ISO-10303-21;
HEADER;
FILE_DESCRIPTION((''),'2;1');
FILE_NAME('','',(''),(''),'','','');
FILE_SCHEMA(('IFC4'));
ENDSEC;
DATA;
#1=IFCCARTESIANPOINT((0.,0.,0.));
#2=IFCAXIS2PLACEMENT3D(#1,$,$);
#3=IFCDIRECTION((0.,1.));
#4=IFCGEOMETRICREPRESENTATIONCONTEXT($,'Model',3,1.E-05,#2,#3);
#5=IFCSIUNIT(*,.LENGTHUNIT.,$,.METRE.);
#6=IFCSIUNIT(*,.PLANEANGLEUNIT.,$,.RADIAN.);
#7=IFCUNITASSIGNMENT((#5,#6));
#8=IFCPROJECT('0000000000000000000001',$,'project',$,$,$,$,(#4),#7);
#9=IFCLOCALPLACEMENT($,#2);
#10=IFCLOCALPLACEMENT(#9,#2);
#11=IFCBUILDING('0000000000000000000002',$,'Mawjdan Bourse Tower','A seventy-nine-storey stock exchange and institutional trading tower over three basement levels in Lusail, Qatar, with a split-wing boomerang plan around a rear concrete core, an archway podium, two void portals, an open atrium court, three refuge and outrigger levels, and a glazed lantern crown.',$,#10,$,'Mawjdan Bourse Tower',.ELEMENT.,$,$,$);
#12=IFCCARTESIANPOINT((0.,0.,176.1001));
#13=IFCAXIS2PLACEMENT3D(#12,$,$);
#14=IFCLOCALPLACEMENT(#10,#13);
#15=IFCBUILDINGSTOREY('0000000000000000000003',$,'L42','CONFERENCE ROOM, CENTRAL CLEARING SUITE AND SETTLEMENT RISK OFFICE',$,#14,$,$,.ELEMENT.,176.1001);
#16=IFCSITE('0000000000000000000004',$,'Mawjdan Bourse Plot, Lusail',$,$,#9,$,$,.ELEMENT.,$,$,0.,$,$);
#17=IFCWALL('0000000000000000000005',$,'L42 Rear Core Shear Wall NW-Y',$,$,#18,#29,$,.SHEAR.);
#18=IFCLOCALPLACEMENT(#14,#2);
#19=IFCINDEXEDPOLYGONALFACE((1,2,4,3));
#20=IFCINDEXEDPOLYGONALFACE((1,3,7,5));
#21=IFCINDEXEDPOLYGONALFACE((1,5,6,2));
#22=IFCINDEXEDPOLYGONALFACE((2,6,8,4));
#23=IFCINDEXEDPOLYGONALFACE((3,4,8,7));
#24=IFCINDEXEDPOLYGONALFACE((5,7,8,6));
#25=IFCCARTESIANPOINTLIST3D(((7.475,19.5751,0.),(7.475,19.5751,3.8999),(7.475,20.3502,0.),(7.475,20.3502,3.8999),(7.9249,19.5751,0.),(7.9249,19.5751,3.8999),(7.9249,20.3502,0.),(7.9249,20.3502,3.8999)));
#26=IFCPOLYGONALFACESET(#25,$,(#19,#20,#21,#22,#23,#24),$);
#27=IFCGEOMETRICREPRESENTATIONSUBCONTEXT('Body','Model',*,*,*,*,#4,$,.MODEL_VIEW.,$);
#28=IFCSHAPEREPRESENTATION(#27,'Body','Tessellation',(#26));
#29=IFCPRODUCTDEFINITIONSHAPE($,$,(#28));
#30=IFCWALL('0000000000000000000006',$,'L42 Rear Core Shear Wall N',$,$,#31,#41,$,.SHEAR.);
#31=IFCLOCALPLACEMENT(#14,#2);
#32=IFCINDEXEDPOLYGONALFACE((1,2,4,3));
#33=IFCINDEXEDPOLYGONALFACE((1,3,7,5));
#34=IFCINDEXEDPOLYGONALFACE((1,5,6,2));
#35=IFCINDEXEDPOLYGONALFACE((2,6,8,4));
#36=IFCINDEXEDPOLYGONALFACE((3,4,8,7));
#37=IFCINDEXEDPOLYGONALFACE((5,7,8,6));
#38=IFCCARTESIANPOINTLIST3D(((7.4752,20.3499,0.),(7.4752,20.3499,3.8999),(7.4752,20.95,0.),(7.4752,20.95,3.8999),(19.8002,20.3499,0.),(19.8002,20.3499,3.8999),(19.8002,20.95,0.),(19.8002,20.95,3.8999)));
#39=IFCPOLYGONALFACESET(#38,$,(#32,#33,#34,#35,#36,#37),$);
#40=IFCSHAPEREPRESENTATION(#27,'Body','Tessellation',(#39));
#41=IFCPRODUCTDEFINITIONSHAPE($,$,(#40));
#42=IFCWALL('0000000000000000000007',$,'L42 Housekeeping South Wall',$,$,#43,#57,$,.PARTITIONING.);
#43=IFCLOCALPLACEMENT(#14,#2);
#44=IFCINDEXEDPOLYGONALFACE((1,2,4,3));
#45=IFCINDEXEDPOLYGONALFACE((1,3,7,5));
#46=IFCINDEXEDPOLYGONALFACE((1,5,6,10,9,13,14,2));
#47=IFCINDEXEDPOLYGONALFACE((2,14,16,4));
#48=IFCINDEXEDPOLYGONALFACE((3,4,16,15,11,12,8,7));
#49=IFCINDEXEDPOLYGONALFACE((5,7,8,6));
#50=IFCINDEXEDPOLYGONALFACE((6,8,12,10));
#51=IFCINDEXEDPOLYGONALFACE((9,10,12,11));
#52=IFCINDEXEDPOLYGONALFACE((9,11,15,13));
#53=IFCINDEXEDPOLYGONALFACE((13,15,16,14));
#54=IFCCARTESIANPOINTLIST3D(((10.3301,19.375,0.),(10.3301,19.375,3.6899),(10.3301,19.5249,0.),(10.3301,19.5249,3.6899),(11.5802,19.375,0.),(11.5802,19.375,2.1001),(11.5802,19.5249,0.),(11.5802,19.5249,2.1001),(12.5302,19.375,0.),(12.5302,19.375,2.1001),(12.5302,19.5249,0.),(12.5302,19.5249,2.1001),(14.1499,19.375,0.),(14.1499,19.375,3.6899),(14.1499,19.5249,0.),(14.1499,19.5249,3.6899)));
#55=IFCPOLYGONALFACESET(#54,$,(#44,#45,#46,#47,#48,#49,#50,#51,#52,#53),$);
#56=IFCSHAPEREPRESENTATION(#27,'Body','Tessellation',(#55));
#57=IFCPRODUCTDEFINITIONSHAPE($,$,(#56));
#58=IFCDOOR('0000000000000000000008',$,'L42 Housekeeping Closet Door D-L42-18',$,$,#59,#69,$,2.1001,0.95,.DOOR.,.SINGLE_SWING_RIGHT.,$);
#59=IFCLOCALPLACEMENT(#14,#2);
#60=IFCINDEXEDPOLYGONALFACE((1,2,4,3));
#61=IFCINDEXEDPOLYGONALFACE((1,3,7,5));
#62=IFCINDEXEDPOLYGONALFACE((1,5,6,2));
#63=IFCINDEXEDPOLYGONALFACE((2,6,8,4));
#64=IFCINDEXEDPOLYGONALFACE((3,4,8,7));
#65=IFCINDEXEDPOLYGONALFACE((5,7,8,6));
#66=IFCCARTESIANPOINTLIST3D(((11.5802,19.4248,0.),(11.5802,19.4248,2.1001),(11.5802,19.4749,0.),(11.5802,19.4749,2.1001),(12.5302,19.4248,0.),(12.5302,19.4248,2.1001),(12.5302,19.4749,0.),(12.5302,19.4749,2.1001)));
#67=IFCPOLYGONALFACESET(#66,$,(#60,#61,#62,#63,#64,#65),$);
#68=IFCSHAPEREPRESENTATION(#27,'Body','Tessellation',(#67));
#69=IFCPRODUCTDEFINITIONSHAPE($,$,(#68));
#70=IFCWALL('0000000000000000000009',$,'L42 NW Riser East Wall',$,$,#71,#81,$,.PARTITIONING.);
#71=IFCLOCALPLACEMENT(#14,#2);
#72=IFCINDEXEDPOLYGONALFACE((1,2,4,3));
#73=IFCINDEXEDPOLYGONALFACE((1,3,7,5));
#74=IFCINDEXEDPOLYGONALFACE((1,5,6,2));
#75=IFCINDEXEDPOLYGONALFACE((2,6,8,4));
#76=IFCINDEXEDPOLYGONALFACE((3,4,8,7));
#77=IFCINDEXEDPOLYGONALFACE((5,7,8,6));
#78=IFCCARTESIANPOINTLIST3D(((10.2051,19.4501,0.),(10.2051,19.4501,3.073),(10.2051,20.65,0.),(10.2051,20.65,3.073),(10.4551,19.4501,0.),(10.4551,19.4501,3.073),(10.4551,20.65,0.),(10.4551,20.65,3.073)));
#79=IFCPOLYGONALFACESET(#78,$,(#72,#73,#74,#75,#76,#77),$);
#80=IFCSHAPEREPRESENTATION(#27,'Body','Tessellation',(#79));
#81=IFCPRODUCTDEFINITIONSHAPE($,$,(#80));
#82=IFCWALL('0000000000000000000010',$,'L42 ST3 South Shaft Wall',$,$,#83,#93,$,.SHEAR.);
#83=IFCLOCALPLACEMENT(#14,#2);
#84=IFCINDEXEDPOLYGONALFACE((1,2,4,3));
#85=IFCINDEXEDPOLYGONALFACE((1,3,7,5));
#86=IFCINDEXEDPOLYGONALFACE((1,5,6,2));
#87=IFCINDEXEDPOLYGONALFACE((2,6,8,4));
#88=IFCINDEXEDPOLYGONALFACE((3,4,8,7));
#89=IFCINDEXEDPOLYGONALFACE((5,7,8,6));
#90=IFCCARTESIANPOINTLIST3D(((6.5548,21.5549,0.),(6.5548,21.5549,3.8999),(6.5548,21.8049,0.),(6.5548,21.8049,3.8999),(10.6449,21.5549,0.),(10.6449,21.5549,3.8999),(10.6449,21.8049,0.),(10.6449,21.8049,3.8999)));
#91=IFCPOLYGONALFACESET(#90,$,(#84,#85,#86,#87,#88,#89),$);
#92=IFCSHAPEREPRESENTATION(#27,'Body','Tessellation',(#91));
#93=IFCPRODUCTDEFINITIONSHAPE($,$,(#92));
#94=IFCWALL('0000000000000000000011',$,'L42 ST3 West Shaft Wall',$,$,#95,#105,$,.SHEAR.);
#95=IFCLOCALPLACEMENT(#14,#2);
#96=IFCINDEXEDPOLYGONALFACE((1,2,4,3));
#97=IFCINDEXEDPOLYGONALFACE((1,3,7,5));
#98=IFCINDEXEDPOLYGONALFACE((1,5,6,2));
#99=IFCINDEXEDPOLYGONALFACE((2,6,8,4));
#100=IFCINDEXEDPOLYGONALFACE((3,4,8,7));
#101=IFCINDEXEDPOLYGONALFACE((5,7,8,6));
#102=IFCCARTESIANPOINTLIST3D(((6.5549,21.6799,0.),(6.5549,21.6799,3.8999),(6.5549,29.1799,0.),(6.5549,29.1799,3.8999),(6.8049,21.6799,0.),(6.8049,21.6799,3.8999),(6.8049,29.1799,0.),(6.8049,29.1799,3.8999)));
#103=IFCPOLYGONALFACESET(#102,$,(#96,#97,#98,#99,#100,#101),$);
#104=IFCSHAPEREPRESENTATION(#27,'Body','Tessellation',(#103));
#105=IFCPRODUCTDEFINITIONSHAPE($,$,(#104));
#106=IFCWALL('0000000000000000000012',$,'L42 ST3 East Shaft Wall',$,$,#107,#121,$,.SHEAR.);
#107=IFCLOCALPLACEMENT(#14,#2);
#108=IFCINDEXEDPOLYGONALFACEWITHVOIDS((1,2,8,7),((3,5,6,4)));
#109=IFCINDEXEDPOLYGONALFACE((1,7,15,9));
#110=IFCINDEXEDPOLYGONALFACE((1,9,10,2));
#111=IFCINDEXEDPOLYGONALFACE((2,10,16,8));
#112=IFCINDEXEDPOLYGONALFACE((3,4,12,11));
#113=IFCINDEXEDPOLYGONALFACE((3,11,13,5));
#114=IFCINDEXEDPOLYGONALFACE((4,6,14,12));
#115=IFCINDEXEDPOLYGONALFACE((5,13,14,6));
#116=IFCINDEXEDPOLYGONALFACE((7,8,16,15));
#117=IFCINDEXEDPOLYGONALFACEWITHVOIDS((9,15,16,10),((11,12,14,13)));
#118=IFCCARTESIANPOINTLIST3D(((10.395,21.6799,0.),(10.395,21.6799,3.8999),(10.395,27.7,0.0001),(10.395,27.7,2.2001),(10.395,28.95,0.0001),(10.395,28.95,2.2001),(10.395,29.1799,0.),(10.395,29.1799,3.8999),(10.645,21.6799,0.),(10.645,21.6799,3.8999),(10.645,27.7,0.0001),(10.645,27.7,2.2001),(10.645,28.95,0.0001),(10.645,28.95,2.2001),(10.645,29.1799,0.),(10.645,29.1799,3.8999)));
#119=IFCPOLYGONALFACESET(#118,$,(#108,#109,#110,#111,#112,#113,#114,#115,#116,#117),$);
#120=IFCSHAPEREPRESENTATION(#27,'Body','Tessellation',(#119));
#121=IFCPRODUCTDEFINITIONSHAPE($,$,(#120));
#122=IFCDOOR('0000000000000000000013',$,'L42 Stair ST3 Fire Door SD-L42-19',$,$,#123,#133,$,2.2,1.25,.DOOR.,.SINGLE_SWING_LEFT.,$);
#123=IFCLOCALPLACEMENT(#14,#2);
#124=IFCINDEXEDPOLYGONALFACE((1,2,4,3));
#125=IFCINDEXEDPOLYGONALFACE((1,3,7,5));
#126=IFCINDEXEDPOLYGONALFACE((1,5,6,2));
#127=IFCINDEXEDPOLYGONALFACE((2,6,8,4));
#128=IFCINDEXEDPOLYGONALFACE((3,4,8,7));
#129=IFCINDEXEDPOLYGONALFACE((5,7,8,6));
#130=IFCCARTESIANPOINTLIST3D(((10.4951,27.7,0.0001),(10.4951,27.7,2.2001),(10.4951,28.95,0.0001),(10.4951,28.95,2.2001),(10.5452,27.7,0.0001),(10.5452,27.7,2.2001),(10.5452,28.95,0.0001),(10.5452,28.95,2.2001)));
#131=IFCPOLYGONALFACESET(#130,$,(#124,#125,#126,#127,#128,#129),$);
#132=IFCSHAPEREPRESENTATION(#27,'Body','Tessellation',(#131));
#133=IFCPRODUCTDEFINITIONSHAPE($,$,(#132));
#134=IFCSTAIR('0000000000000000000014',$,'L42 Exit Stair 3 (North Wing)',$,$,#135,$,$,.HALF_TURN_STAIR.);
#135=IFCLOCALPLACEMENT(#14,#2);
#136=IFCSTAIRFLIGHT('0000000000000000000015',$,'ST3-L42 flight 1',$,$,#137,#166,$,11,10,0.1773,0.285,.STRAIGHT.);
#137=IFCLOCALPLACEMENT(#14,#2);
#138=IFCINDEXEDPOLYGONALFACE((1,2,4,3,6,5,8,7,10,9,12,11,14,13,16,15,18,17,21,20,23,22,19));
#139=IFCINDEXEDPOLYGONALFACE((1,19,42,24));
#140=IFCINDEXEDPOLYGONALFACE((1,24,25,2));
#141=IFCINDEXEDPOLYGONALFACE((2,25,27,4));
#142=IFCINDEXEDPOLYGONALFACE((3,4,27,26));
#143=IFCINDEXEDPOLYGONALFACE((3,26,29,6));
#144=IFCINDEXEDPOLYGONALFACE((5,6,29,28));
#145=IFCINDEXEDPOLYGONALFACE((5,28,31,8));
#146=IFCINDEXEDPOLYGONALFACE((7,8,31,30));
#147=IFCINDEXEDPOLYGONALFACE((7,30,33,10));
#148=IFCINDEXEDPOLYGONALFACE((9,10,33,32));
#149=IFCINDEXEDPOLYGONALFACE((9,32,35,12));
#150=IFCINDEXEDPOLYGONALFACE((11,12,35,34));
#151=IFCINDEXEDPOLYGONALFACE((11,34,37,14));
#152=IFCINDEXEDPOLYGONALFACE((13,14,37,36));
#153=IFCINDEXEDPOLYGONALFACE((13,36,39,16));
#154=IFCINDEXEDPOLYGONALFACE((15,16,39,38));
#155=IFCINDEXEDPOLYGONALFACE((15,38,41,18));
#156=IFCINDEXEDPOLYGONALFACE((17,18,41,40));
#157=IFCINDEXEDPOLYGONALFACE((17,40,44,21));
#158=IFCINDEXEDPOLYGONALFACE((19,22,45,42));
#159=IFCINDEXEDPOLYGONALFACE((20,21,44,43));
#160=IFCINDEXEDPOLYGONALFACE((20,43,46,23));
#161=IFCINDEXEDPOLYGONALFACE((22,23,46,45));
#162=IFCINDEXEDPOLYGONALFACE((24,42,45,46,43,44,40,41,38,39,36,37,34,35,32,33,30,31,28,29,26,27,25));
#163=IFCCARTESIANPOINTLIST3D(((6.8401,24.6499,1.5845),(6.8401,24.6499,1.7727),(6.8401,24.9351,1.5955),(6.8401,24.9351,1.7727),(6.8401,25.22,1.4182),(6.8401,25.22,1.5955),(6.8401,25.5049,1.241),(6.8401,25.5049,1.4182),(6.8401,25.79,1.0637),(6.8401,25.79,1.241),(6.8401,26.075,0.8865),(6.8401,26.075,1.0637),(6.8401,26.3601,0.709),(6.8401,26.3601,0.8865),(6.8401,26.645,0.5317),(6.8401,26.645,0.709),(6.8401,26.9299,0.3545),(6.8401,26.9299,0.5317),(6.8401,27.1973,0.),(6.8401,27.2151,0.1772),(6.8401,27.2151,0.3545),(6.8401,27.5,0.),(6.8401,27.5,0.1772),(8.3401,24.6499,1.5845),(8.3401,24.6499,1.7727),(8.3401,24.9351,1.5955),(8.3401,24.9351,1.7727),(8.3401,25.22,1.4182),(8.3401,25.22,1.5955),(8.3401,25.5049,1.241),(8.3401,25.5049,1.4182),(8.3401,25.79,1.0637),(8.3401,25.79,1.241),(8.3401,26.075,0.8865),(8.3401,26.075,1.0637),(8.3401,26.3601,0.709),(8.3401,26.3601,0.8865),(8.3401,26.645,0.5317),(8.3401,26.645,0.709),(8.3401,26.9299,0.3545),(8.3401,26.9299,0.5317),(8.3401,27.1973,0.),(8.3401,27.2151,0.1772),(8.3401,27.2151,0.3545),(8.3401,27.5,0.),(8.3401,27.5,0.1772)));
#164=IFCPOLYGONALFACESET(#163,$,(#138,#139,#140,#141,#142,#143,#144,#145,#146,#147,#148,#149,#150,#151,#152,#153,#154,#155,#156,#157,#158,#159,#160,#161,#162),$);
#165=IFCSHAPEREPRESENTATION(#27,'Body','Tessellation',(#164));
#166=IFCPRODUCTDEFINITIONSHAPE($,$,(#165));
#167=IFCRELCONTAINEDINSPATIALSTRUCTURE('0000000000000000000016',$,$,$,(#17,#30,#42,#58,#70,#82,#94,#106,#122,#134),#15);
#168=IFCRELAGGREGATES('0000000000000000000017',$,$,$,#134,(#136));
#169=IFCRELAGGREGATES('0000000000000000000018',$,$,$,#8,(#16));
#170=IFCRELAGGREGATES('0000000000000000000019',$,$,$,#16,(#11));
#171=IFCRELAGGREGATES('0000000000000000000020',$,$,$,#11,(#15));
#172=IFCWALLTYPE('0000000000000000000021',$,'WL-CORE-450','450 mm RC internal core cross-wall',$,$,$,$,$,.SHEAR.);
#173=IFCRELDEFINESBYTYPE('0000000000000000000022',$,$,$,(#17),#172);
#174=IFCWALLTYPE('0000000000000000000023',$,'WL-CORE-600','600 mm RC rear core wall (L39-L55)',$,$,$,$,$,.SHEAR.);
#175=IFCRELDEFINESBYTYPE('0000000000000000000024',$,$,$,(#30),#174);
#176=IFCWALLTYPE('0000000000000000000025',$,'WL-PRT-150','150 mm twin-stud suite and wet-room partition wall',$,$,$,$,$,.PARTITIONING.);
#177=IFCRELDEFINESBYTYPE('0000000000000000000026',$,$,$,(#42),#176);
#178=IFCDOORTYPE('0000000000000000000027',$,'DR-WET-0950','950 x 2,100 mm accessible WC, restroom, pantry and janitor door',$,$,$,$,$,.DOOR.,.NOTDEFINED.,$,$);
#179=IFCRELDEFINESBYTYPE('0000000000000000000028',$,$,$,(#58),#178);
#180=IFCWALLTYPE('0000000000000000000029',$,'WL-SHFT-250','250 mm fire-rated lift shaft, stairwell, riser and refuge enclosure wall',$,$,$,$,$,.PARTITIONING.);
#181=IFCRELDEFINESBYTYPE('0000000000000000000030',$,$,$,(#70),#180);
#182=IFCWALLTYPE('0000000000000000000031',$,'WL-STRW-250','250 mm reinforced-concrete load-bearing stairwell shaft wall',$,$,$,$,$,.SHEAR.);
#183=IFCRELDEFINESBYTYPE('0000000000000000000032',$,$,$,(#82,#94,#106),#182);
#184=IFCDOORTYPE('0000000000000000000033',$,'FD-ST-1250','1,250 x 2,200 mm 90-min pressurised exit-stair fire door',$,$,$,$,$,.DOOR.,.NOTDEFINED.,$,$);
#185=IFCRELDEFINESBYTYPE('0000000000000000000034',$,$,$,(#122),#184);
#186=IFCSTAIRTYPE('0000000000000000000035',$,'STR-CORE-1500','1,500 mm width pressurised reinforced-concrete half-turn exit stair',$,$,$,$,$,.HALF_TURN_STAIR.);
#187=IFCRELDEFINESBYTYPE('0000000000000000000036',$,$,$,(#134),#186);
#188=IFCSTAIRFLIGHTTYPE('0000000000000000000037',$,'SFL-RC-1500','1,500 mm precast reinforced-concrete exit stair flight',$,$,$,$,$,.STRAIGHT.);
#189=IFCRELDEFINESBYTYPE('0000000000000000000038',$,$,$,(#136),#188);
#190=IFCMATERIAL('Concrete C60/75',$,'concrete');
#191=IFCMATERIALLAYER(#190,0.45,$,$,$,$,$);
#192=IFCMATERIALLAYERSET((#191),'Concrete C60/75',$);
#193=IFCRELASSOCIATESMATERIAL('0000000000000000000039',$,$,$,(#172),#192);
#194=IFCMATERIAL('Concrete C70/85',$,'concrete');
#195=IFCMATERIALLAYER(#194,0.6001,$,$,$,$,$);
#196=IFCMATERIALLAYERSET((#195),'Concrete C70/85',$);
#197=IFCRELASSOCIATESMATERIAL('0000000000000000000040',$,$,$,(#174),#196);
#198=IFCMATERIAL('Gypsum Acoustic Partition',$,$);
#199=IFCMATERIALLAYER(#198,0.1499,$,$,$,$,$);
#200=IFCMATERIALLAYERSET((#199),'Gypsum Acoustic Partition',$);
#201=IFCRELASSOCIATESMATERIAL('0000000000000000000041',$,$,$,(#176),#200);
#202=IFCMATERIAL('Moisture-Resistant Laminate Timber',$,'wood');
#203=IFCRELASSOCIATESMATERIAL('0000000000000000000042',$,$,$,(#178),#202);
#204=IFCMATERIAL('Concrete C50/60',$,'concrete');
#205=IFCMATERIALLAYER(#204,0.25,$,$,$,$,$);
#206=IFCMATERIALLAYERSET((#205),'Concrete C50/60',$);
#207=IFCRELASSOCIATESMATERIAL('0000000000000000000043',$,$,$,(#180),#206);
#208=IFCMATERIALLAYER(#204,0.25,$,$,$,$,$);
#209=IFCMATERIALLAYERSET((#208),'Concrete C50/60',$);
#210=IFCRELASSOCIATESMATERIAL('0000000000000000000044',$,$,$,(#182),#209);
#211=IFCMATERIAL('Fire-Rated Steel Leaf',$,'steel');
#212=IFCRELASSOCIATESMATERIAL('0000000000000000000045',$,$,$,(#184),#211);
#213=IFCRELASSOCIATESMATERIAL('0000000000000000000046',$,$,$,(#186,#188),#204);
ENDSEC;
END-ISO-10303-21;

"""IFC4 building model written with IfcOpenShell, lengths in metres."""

from ifc_helpers import new_model, si_unit, direction, frame, frame_2d, origin, place, context, subcontext, project, spatial, polyline, rectangle, outline, extrude, material, layer, layer_set, type_object, element, fill, aggregate, save


model = new_model("IFC4")

# Units and contexts
model_context = context("Model", 3, precision=1e-05, world=origin(), true_north=direction((0.0, 1.0)))
body_context = subcontext(model_context, "Body", "Model", "MODEL_VIEW")
ifc_project = project(units=[si_unit("LENGTHUNIT", "METRE"), si_unit("PLANEANGLEUNIT", "RADIAN")], contexts=[model_context])

# Site, building, storey
site_placement = place(None, origin())
site = spatial("IfcSite", under=ifc_project, at=site_placement, Name="Mawjdan Bourse Plot, Lusail", CompositionType="ELEMENT", RefElevation=0.0)
building_placement = place(site_placement, origin())
building = spatial("IfcBuilding", under=site, at=building_placement, Name="Mawjdan Bourse Tower", Description="A seventy-nine-storey stock exchange and institutional trading tower over three basement levels in Lusail, Qatar, with a split-wing boomerang plan around a rear concrete core, an archway podium, two void portals, an open atrium court, three refuge and outrigger levels, and a glazed lantern crown.", LongName="Mawjdan Bourse Tower", CompositionType="ELEMENT")
storey_placement = place(building_placement, frame((0.0, 0.0, 176.1001)))
storey = spatial("IfcBuildingStorey", under=building, at=storey_placement, Name="L42", Description="CONFERENCE ROOM, CENTRAL CLEARING SUITE AND SETTLEMENT RISK OFFICE", CompositionType="ELEMENT", Elevation=176.1001)

# Shared definitions
ifc_material_1 = material(Name="Concrete C70/85", Category="concrete")

# Walls
ifc_material_2 = material(Name="Concrete C60/75", Category="concrete")
ifc_layer_1 = layer(ifc_material_2, 0.45)
ifc_layer_set_1 = layer_set([ifc_layer_1], Name="Concrete C60/75")
wall_type_1 = type_object("IfcWallType", Name="WL-CORE-450", Description="450 mm RC internal core cross-wall", PredefinedType="SHEAR", material=ifc_layer_set_1)
wall_1_placement = place(storey_placement, frame((7.7, 19.575, 0.0), z_axis=(0.0, 0.0, 1.0), x_axis=(0.0, 1.0, 0.0)))
element("IfcWall", 1, at=wall_1_placement, inside=storey, type_object=wall_type_1, Name="L42 Rear Core Shear Wall NW-Y", PredefinedType="SHEAR", context=body_context, shape_type="SweptSolid", body=[
    extrude(rectangle(XDim=0.7751, YDim=0.45, at=frame_2d((0.3877, 0.0))), origin(), (0.0, 0.0, 1.0), 3.8999),
])
ifc_layer_2 = layer(ifc_material_1, 0.6001)
ifc_layer_set_2 = layer_set([ifc_layer_2], Name="Concrete C70/85")
wall_type_2 = type_object("IfcWallType", Name="WL-CORE-600", Description="600 mm RC rear core wall (L39-L55)", PredefinedType="SHEAR", material=ifc_layer_set_2)
wall_2_placement = place(storey_placement, frame((7.4751, 20.6499, 0.0), z_axis=(0.0, 0.0, 1.0), x_axis=(1.0, 0.0, 0.0)))
element("IfcWall", 2, at=wall_2_placement, inside=storey, type_object=wall_type_2, Name="L42 Rear Core Shear Wall N", PredefinedType="SHEAR", context=body_context, shape_type="SweptSolid", body=[
    extrude(rectangle(XDim=12.325, YDim=0.6001, at=frame_2d((6.1626, 0.0))), origin(), (0.0, 0.0, 1.0), 3.8999),
])

# Wall, opening, door
ifc_material_3 = material(Name="Gypsum Acoustic Partition")
ifc_layer_3 = layer(ifc_material_3, 0.1499)
ifc_layer_set_3 = layer_set([ifc_layer_3], Name="Gypsum Acoustic Partition")
wall_type_3 = type_object("IfcWallType", Name="WL-PRT-150", Description="150 mm twin-stud suite and wet-room partition wall", PredefinedType="PARTITIONING", material=ifc_layer_set_3)
wall_3_placement = place(storey_placement, frame((10.3301, 19.45, 0.0), z_axis=(0.0, 0.0, 1.0), x_axis=(1.0, 0.0, 0.0)))
wall_3 = element("IfcWall", 3, at=wall_3_placement, inside=storey, type_object=wall_type_3, Name="L42 Housekeeping South Wall", PredefinedType="PARTITIONING", context=body_context, shape_type="SweptSolid", body=[
    extrude(rectangle(XDim=3.8198, YDim=0.1499, at=frame_2d((1.9099, 0.0))), origin(), (0.0, 0.0, 1.0), 3.6899),
])
opening_1_placement = place(wall_3_placement, frame((1.25, 0.0, 0.0)))
opening_1 = element("IfcOpeningElement", 4, at=opening_1_placement, cuts=wall_3, PredefinedType="OPENING", context=body_context, shape_type="SweptSolid", body=[
    extrude(rectangle(XDim=0.95, YDim=2.1001, at=frame_2d((0.4751, 1.05))), frame((0.0, 0.085, 0.0), z_axis=(0.0, -1.0, 0.0), x_axis=(1.0, 0.0, 0.0)), (0.0, 0.0, 1.0), 0.1699),
])
ifc_material_4 = material(Name="Moisture-Resistant Laminate Timber", Category="wood")
door_type_1 = type_object("IfcDoorType", Name="DR-WET-0950", Description="950 x 2,100 mm accessible WC, restroom, pantry and janitor door", OperationType="NOTDEFINED", PredefinedType="DOOR", material=ifc_material_4)
door_1_placement = place(opening_1_placement, origin())
door_1 = element("IfcDoor", 5, at=door_1_placement, inside=storey, type_object=door_type_1, Name="L42 Housekeeping Closet Door D-L42-18", OperationType="SINGLE_SWING_RIGHT", OverallHeight=2.1001, OverallWidth=0.95, PredefinedType="DOOR", context=body_context, shape_type="SweptSolid", body=[
    extrude(rectangle(XDim=0.95, YDim=2.1001, at=frame_2d((0.4751, 1.05))), frame((0.0, 0.0249, 0.0), z_axis=(0.0, -1.0, 0.0), x_axis=(1.0, 0.0, 0.0)), (0.0, 0.0, 1.0), 0.05),
])
fill(opening_1, door_1)

# Walls
ifc_material_5 = material(Name="Concrete C50/60", Category="concrete")
ifc_layer_4 = layer(ifc_material_5, 0.25)
ifc_layer_set_4 = layer_set([ifc_layer_4], Name="Concrete C50/60")
wall_type_4 = type_object("IfcWallType", Name="WL-SHFT-250", Description="250 mm fire-rated lift shaft, stairwell, riser and refuge enclosure wall", PredefinedType="PARTITIONING", material=ifc_layer_set_4)
wall_4_placement = place(storey_placement, frame((10.3301, 19.45, 0.0), z_axis=(0.0, 0.0, 1.0), x_axis=(0.0, 1.0, 0.0)))
element("IfcWall", 6, at=wall_4_placement, inside=storey, type_object=wall_type_4, Name="L42 NW Riser East Wall", PredefinedType="PARTITIONING", context=body_context, shape_type="SweptSolid", body=[
    extrude(rectangle(XDim=1.2, YDim=0.25, at=frame_2d((0.6001, 0.0))), origin(), (0.0, 0.0, 1.0), 3.073),
])
ifc_layer_5 = layer(ifc_material_5, 0.25)
ifc_layer_set_5 = layer_set([ifc_layer_5], Name="Concrete C50/60")
wall_type_5 = type_object("IfcWallType", Name="WL-STRW-250", Description="250 mm reinforced-concrete load-bearing stairwell shaft wall", PredefinedType="SHEAR", material=ifc_layer_set_5)
wall_5_placement = place(storey_placement, frame((6.5549, 21.6799, 0.0), z_axis=(0.0, 0.0, 1.0), x_axis=(1.0, 0.0, 0.0)))
element("IfcWall", 7, at=wall_5_placement, inside=storey, type_object=wall_type_5, Name="L42 ST3 South Shaft Wall", PredefinedType="SHEAR", context=body_context, shape_type="SweptSolid", body=[
    extrude(rectangle(XDim=4.0901, YDim=0.25, at=frame_2d((2.0449, 0.0))), origin(), (0.0, 0.0, 1.0), 3.8999),
])
wall_6_placement = place(storey_placement, frame((6.6799, 21.6799, 0.0), z_axis=(0.0, 0.0, 1.0), x_axis=(0.0, 1.0, 0.0)))
element("IfcWall", 8, at=wall_6_placement, inside=storey, type_object=wall_type_5, Name="L42 ST3 West Shaft Wall", PredefinedType="SHEAR", context=body_context, shape_type="SweptSolid", body=[
    extrude(rectangle(XDim=7.5, YDim=0.25, at=frame_2d((3.75, 0.0))), origin(), (0.0, 0.0, 1.0), 3.8999),
])

# Wall, opening, door
wall_7_placement = place(storey_placement, frame((10.52, 21.6799, 0.0), z_axis=(0.0, 0.0, 1.0), x_axis=(0.0, 1.0, 0.0)))
wall_7 = element("IfcWall", 9, at=wall_7_placement, inside=storey, type_object=wall_type_5, Name="L42 ST3 East Shaft Wall", PredefinedType="SHEAR", context=body_context, shape_type="SweptSolid", body=[
    extrude(rectangle(XDim=7.5, YDim=0.25, at=frame_2d((3.75, 0.0))), origin(), (0.0, 0.0, 1.0), 3.8999),
])
opening_2_placement = place(wall_7_placement, frame((6.02, 0.0, 0.0)))
opening_2 = element("IfcOpeningElement", 10, at=opening_2_placement, cuts=wall_7, PredefinedType="OPENING", context=body_context, shape_type="SweptSolid", body=[
    extrude(rectangle(XDim=1.25, YDim=2.2, at=frame_2d((0.625, 1.1001))), frame((0.0, 0.135, 0.0), z_axis=(0.0, -1.0, 0.0), x_axis=(1.0, 0.0, 0.0)), (0.0, 0.0, 1.0), 0.27),
])
ifc_material_6 = material(Name="Fire-Rated Steel Leaf", Category="steel")
door_type_2 = type_object("IfcDoorType", Name="FD-ST-1250", Description="1,250 x 2,200 mm 90-min pressurised exit-stair fire door", OperationType="NOTDEFINED", PredefinedType="DOOR", material=ifc_material_6)
door_2_placement = place(opening_2_placement, origin())
door_2 = element("IfcDoor", 11, at=door_2_placement, inside=storey, type_object=door_type_2, Name="L42 Stair ST3 Fire Door SD-L42-19", OperationType="SINGLE_SWING_LEFT", OverallHeight=2.2, OverallWidth=1.25, PredefinedType="DOOR", context=body_context, shape_type="SweptSolid", body=[
    extrude(rectangle(XDim=1.25, YDim=2.2, at=frame_2d((0.625, 1.1001))), frame((0.0, 0.0249, 0.0), z_axis=(0.0, -1.0, 0.0), x_axis=(1.0, 0.0, 0.0)), (0.0, 0.0, 1.0), 0.05),
])
fill(opening_2, door_2)

# Stair, stair flight
stair_type = type_object("IfcStairType", Name="STR-CORE-1500", Description="1,500 mm width pressurised reinforced-concrete half-turn exit stair", PredefinedType="HALF_TURN_STAIR", material=ifc_material_5)
stair_placement = place(storey_placement, origin())
stair = element("IfcStair", 12, at=stair_placement, inside=storey, type_object=stair_type, Name="L42 Exit Stair 3 (North Wing)", PredefinedType="HALF_TURN_STAIR")
stair_flight_type = type_object("IfcStairFlightType", Name="SFL-RC-1500", Description="1,500 mm precast reinforced-concrete exit stair flight", PredefinedType="STRAIGHT", material=ifc_material_5)
stair_flight_1_placement = place(storey_placement, frame((7.5901, 27.5, 0.0), z_axis=(0.0, 0.0, 1.0), x_axis=(0.0, -1.0, 0.0)))
stair_flight_1 = element("IfcStairFlight", 13, at=stair_flight_1_placement, type_object=stair_flight_type, Name="ST3-L42 flight 1", NumberOfRisers=11, NumberOfTreads=10, PredefinedType="STRAIGHT", RiserHeight=0.1773, TreadLength=0.285, context=body_context, shape_type="SweptSolid", body=[
    extrude(outline(polyline([(0.0, 0.0), (0.0, 0.1772), (0.2849, 0.1772), (0.2849, 0.3545), (0.5701, 0.3545), (0.5701, 0.5317), (0.855, 0.5317), (0.855, 0.709), (1.1399, 0.709), (1.1399, 0.8865), (1.425, 0.8865), (1.425, 1.0637), (1.71, 1.0637), (1.71, 1.241), (1.9951, 1.241), (1.9951, 1.4182), (2.28, 1.4182), (2.28, 1.5955), (2.5649, 1.5955), (2.5649, 1.7727), (2.8501, 1.7727), (2.8501, 1.95), (2.8501, 1.5845), (0.3027, 0.0), (0.0, 0.0)])), frame((0.0, 0.75, 0.0), z_axis=(0.0, -1.0, 0.0), x_axis=(1.0, 0.0, 0.0)), (0.0, 0.0, 1.0), 1.5),
])
aggregate(stair, [stair_flight_1])

save(model, "model.ifc")
